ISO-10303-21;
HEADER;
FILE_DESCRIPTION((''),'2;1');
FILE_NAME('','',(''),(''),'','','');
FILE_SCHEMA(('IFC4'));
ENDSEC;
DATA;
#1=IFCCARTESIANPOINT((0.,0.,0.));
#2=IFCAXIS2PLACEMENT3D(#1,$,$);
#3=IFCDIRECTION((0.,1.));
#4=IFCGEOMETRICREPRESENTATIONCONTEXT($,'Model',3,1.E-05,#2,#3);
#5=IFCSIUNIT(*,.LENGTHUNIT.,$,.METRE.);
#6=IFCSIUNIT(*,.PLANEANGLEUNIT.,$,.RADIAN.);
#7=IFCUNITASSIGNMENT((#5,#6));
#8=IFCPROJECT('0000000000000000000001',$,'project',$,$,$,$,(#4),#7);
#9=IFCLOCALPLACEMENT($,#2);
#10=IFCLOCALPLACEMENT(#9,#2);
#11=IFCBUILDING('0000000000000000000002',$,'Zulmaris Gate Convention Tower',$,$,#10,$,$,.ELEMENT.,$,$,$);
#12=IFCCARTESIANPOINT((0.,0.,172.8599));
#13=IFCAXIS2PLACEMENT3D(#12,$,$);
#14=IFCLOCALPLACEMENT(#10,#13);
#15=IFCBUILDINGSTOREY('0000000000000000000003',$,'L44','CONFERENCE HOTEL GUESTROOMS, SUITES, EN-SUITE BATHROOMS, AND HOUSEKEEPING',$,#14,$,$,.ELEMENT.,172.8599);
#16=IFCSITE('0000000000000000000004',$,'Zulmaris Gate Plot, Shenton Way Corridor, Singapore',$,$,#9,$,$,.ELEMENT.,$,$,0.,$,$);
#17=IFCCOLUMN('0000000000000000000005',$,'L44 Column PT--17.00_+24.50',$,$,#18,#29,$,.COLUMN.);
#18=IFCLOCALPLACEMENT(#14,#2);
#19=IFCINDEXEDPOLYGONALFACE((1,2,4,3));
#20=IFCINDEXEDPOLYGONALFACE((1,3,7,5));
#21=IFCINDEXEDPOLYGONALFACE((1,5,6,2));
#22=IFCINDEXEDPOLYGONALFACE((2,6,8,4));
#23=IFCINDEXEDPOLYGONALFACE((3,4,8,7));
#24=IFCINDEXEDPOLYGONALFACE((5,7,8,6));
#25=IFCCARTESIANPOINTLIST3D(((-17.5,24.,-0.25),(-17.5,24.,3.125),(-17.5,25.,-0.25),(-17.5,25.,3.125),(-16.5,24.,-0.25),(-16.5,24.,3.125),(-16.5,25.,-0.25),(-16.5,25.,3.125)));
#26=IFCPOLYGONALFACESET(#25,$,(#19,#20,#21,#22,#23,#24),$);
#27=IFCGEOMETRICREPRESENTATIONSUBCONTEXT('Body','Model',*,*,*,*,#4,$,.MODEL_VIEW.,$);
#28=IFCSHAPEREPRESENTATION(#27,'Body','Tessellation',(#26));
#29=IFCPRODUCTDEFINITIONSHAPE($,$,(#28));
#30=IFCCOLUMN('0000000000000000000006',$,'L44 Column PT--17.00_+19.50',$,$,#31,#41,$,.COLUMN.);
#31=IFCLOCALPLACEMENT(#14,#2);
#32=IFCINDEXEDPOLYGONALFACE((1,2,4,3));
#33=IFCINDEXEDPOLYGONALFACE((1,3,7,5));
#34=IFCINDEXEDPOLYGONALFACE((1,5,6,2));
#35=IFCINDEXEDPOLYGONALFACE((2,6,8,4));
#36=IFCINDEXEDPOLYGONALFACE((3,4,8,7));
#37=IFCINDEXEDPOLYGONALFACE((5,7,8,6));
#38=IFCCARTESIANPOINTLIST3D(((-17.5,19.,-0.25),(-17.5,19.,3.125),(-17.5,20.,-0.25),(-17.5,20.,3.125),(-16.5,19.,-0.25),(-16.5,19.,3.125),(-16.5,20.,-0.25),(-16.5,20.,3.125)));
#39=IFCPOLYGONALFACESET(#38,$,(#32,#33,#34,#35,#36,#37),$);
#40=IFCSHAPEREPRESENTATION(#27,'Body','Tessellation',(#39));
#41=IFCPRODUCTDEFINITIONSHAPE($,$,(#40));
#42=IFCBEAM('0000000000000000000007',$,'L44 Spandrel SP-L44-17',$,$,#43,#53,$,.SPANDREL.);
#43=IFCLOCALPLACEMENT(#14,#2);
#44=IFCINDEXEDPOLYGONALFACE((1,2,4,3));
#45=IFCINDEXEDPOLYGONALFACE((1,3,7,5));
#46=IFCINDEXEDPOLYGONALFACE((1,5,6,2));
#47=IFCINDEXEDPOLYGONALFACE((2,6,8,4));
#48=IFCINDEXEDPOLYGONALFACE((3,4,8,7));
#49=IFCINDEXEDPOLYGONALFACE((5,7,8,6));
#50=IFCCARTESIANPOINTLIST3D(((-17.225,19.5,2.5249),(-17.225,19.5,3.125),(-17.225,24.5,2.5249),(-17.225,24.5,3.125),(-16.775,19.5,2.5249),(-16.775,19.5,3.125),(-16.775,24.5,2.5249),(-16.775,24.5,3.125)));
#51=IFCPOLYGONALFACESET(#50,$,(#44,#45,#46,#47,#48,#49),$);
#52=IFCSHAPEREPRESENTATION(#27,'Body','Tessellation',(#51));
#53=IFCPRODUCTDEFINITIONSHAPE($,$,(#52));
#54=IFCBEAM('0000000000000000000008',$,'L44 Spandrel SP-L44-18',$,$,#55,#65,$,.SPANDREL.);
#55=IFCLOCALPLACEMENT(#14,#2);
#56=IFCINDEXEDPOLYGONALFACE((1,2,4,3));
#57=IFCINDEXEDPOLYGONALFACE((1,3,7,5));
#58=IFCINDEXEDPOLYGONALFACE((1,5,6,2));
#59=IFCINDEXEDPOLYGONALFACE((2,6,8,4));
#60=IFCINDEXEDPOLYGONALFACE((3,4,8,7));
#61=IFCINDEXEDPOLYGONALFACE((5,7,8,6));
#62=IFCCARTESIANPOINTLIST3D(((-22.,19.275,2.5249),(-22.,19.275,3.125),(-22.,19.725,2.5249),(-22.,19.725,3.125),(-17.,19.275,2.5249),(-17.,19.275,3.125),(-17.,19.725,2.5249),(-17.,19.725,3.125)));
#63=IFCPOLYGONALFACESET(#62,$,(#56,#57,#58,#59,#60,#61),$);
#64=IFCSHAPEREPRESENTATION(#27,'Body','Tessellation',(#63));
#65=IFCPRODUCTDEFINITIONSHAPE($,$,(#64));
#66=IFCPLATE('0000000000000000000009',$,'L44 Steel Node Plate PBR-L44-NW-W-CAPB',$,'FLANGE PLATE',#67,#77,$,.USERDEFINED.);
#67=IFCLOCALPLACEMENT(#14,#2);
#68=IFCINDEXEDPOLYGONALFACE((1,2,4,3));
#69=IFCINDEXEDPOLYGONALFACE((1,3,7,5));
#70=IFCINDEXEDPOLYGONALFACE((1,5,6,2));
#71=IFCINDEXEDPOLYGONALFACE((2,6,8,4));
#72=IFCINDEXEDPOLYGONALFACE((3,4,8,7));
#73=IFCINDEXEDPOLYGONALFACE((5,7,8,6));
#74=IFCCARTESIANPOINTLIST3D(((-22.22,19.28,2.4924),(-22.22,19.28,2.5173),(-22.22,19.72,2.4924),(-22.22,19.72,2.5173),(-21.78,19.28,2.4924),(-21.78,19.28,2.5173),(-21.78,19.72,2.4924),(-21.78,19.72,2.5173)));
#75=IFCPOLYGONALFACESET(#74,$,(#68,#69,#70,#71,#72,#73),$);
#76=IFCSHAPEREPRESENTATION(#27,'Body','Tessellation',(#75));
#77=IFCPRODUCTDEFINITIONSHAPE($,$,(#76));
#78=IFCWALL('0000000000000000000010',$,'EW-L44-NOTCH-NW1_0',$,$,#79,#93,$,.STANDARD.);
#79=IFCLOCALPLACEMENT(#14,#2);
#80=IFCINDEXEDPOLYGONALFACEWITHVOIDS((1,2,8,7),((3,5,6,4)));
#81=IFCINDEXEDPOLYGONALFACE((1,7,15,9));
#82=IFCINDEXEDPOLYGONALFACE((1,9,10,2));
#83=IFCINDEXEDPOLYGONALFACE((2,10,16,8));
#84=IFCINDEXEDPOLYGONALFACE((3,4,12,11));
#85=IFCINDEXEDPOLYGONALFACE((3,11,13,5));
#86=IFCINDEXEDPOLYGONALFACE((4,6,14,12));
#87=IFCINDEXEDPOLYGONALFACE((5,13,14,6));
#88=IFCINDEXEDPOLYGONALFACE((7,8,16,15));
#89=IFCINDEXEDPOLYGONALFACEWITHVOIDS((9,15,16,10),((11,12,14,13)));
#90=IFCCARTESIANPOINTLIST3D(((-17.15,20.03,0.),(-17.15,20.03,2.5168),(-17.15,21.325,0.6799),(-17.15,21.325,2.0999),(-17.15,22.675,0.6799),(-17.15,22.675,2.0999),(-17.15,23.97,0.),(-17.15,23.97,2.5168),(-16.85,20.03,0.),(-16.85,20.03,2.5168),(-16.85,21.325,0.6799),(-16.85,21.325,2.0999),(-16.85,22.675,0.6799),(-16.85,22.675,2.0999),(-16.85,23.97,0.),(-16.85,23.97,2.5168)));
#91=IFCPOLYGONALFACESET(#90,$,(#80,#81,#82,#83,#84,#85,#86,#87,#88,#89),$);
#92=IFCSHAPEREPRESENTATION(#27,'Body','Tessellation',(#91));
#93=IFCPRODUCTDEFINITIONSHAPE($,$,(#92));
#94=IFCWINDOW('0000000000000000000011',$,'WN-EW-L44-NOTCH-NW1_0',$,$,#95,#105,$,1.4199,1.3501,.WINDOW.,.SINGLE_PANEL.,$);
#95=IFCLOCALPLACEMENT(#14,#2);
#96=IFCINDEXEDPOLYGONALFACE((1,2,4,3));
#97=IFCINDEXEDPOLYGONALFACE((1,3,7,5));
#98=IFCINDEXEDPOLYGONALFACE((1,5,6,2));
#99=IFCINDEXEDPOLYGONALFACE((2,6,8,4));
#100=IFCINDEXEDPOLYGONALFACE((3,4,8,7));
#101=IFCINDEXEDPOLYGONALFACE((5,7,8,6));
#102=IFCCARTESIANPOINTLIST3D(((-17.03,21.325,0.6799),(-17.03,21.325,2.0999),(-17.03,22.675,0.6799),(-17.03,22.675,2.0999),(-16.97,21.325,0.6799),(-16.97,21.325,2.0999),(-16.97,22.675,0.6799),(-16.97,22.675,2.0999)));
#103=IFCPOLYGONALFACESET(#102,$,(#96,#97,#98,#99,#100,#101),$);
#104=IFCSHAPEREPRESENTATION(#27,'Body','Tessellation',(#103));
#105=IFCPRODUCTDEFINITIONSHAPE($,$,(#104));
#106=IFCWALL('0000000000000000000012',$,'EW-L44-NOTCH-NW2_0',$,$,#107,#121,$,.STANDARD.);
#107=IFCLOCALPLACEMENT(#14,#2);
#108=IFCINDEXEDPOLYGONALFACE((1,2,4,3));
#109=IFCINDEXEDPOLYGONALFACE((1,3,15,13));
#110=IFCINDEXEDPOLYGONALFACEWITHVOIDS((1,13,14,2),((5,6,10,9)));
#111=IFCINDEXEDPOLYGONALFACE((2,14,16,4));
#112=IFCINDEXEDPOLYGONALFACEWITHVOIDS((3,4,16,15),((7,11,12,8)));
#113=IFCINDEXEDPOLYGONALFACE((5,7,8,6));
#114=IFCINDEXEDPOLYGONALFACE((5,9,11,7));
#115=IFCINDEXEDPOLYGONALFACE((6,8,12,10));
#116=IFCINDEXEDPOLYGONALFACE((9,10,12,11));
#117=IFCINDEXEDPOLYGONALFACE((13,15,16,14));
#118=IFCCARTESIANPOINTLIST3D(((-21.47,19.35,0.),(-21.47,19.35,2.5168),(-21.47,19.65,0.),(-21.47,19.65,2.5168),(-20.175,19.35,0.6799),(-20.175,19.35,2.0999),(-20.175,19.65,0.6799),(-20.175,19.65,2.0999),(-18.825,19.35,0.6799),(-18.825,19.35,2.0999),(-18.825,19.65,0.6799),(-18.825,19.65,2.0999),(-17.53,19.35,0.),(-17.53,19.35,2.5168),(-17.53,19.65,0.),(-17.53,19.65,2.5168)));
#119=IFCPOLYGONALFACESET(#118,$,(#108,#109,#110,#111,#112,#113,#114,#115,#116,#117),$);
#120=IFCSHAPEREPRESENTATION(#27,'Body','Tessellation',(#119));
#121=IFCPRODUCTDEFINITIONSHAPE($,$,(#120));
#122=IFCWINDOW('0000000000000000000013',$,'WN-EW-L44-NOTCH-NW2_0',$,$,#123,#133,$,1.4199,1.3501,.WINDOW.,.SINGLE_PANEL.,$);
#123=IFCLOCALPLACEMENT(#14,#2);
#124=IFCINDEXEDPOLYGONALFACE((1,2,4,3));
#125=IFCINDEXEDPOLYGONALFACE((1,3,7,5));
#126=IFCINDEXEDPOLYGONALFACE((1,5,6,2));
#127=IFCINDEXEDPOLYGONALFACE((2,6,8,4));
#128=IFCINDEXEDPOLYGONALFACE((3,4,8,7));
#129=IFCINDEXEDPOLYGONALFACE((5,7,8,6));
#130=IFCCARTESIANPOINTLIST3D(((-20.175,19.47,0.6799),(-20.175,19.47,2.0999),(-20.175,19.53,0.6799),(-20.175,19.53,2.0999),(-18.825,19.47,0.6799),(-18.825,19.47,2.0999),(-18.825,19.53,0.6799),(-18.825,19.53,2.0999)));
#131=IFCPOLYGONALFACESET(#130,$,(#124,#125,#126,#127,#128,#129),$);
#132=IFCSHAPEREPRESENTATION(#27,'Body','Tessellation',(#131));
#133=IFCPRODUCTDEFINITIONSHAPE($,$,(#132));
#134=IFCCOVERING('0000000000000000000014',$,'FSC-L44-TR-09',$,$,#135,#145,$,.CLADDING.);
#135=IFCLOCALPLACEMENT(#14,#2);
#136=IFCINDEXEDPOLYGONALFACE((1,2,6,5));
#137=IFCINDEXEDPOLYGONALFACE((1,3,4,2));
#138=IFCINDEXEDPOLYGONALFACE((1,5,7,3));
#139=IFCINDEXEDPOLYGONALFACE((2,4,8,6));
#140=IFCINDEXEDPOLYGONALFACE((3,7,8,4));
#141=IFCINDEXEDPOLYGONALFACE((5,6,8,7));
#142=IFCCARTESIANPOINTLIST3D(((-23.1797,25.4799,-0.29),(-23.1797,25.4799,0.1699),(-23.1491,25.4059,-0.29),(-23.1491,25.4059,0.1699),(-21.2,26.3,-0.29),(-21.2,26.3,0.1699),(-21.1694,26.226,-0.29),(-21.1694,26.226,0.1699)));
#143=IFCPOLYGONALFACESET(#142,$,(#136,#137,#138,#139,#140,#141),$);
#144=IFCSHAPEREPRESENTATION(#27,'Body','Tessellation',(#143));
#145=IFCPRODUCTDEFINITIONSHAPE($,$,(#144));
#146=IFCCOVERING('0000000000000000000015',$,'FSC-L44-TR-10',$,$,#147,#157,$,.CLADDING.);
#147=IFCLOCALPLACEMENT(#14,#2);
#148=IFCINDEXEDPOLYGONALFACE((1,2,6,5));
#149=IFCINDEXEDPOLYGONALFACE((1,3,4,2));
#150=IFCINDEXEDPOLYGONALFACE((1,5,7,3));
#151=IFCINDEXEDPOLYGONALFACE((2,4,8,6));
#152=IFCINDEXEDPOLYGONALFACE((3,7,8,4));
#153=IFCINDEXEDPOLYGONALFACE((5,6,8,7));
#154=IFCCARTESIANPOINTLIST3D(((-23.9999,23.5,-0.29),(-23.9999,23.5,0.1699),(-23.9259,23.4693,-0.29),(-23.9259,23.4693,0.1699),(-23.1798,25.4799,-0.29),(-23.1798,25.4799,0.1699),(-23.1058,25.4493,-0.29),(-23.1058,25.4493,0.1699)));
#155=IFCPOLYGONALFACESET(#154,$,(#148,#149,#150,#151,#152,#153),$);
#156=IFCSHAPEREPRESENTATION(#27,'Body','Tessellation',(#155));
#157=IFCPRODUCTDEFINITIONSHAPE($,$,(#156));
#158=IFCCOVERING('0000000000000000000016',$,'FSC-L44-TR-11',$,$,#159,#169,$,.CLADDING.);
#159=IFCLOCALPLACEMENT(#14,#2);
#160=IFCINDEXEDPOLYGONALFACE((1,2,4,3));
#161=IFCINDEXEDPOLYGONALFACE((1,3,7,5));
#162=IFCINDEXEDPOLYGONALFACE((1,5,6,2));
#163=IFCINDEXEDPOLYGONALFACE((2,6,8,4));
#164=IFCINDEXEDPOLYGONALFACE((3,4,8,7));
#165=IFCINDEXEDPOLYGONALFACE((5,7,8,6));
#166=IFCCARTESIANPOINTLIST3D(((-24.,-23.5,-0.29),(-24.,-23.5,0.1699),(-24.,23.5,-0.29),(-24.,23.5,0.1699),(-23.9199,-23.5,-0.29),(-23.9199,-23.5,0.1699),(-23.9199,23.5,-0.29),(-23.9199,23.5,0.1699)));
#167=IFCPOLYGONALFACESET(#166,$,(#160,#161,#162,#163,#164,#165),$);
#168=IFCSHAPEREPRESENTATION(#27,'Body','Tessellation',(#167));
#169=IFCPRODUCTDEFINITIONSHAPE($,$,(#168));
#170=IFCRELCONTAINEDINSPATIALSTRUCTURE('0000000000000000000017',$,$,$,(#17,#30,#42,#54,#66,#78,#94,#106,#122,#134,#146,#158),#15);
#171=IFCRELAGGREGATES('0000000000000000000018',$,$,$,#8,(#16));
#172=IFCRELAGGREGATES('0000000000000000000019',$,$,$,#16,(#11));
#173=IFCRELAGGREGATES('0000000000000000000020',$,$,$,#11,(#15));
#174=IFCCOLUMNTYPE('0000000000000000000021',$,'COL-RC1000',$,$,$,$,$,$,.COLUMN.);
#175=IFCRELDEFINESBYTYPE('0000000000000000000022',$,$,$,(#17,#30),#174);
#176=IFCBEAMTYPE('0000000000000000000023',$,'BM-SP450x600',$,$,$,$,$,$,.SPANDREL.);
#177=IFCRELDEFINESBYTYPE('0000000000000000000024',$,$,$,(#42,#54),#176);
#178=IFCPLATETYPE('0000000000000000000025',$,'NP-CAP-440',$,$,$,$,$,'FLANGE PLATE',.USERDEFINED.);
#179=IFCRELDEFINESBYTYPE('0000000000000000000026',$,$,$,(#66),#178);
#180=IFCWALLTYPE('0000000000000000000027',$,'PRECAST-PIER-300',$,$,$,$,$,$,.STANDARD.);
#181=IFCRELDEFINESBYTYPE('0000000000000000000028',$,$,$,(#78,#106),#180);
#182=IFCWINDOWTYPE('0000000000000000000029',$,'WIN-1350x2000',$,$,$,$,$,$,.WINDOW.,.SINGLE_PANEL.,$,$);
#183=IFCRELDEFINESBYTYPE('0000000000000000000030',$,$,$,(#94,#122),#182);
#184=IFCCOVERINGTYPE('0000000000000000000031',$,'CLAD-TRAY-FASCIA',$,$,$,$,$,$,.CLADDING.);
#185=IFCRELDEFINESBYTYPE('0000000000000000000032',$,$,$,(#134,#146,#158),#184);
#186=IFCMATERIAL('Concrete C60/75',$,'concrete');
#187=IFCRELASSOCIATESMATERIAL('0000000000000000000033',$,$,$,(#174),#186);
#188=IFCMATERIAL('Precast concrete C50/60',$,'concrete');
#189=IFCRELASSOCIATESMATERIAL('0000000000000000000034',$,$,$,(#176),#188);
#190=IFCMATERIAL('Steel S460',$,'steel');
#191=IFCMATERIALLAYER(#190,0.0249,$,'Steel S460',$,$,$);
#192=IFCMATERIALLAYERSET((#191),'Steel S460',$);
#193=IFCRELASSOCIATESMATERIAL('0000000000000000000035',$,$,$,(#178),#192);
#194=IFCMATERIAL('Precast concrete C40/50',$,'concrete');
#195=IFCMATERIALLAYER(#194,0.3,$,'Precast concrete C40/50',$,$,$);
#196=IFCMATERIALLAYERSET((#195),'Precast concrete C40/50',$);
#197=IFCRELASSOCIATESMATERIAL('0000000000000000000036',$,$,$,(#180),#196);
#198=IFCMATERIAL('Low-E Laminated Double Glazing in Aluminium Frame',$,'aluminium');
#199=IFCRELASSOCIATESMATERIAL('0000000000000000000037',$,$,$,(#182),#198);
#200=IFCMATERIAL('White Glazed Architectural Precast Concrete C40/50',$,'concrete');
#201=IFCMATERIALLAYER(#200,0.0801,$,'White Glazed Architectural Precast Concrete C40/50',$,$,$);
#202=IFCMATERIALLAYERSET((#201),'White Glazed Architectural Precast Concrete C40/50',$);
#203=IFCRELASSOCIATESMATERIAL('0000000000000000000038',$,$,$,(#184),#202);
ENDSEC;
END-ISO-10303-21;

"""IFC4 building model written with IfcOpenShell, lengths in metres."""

from ifc_helpers import new_model, si_unit, direction, frame, frame_2d, origin, origin_2d, place, context, subcontext, project, spatial, rectangle, extrude, material, layer, layer_set, material_profile, profile_set, type_object, element, fill, save


model = new_model("IFC4")

# Units and contexts
model_context = context("Model", 3, precision=1e-05, world=origin(), true_north=direction((0.0, 1.0)))
body_context = subcontext(model_context, "Body", "Model", "MODEL_VIEW")
ifc_project = project(units=[si_unit("LENGTHUNIT", "METRE"), si_unit("PLANEANGLEUNIT", "RADIAN")], contexts=[model_context])

# Site, building, storey
site_placement = place(None, origin())
site = spatial("IfcSite", under=ifc_project, at=site_placement, Name="Zulmaris Gate Plot, Shenton Way Corridor, Singapore", CompositionType="ELEMENT", RefElevation=0.0)
building_placement = place(site_placement, origin())
building = spatial("IfcBuilding", under=site, at=building_placement, Name="Zulmaris Gate Convention Tower", CompositionType="ELEMENT")
storey_placement = place(building_placement, frame((0.0, 0.0, 172.8599)))
storey = spatial("IfcBuildingStorey", under=building, at=storey_placement, Name="L44", Description="CONFERENCE HOTEL GUESTROOMS, SUITES, EN-SUITE BATHROOMS, AND HOUSEKEEPING", CompositionType="ELEMENT", Elevation=172.8599)

# Columns
ifc_material_1 = material(Name="Concrete C60/75", Category="concrete")
ifc_material_profile_1 = material_profile(ifc_material_1, rectangle(XDim=1.0, YDim=1.0, at=origin_2d()), Name="RC COL 1000x1000")
ifc_profile_set_1 = profile_set([ifc_material_profile_1], Name="Concrete C60/75")
column_type = type_object("IfcColumnType", Name="COL-RC1000", PredefinedType="COLUMN", material=ifc_profile_set_1)
for number, where, z_axis, x_axis, name in (
    (1, (-17.0, 24.5, -0.25), (0.0, 0.0, 1.0), (1.0, 0.0, 0.0), "L44 Column PT--17.00_+24.50"),
    (2, (-17.0, 19.5, -0.25), (0.0, 0.0, 1.0), (1.0, 0.0, 0.0), "L44 Column PT--17.00_+19.50"),
):
    element("IfcColumn", number, at=place(storey_placement, frame(where, z_axis=z_axis, x_axis=x_axis)), inside=storey, type_object=column_type, Name=name, PredefinedType="COLUMN", context=body_context, shape_type="SweptSolid", body=[
        extrude(rectangle(XDim=1.0, YDim=1.0, at=origin_2d()), origin(), (0.0, 0.0, 1.0), 3.375),
    ])

# Beams
ifc_material_2 = material(Name="Precast concrete C50/60", Category="concrete")
ifc_material_profile_2 = material_profile(ifc_material_2, rectangle(XDim=0.45, YDim=0.6001, at=origin_2d()), Name="RC SPANDREL 450x600")
ifc_profile_set_2 = profile_set([ifc_material_profile_2], Name="Precast concrete C50/60")
beam_type = type_object("IfcBeamType", Name="BM-SP450x600", PredefinedType="SPANDREL", material=ifc_profile_set_2)
for number, where, z_axis, x_axis, name in (
    (3, (-17.0, 24.5, 2.825), (0.0, -1.0, 0.0), (1.0, 0.0, 0.0), "L44 Spandrel SP-L44-17"),
    (4, (-17.0, 19.5, 2.825), (-1.0, 0.0, 0.0), (0.0, -1.0, 0.0), "L44 Spandrel SP-L44-18"),
):
    element("IfcBeam", number, at=place(storey_placement, frame(where, z_axis=z_axis, x_axis=x_axis)), inside=storey, type_object=beam_type, Name=name, PredefinedType="SPANDREL", context=body_context, shape_type="SweptSolid", body=[
        extrude(rectangle(XDim=0.45, YDim=0.6001, at=origin_2d()), origin(), (0.0, 0.0, 1.0), 5.0),
    ])

# Plate
ifc_material_3 = material(Name="Steel S460", Category="steel")
ifc_layer_1 = layer(ifc_material_3, 0.0249, Name="Steel S460")
ifc_layer_set_1 = layer_set([ifc_layer_1], Name="Steel S460")
plate_type = type_object("IfcPlateType", Name="NP-CAP-440", ElementType="FLANGE PLATE", PredefinedType="USERDEFINED", material=ifc_layer_set_1)
plate_placement = place(storey_placement, frame((-22.0, 19.5, 2.4924), z_axis=(0.0, 0.0, 1.0), x_axis=(1.0, 0.0, 0.0)))
element("IfcPlate", 5, at=plate_placement, inside=storey, type_object=plate_type, Name="L44 Steel Node Plate PBR-L44-NW-W-CAPB", ObjectType="FLANGE PLATE", PredefinedType="USERDEFINED", context=body_context, shape_type="SweptSolid", body=[
    extrude(rectangle(XDim=0.4399, YDim=0.4399, at=origin_2d()), origin(), (0.0, 0.0, 1.0), 0.0249),
])

# Walls, openings, windows
ifc_material_4 = material(Name="Precast concrete C40/50", Category="concrete")
ifc_layer_2 = layer(ifc_material_4, 0.3, Name="Precast concrete C40/50")
ifc_layer_set_2 = layer_set([ifc_layer_2], Name="Precast concrete C40/50")
wall_type = type_object("IfcWallType", Name="PRECAST-PIER-300", PredefinedType="STANDARD", material=ifc_layer_set_2)
wall_1_placement = place(storey_placement, frame((-17.0, 23.97, 0.0), z_axis=(0.0, 0.0, 1.0), x_axis=(0.0, -1.0, 0.0)))
wall_1 = element("IfcWall", 6, at=wall_1_placement, inside=storey, type_object=wall_type, Name="EW-L44-NOTCH-NW1_0", PredefinedType="STANDARD", context=body_context, shape_type="SweptSolid", body=[
    extrude(rectangle(XDim=3.9399, YDim=0.3, at=frame_2d((1.97, 0.0))), origin(), (0.0, 0.0, 1.0), 2.5168),
])
opening_1_placement = place(wall_1_placement, frame((1.2949, 0.0, 0.6799)))
opening_1 = element("IfcOpeningElement", 7, at=opening_1_placement, cuts=wall_1, PredefinedType="OPENING", context=body_context, shape_type="SweptSolid", body=[
    extrude(rectangle(XDim=1.3501, YDim=1.4199, at=frame_2d((0.675, 0.71))), frame((0.0, 0.1602, 0.0), z_axis=(0.0, -1.0, 0.0), x_axis=(1.0, 0.0, 0.0)), (0.0, 0.0, 1.0), 0.3201),
])
ifc_material_5 = material(Name="Low-E Laminated Double Glazing in Aluminium Frame", Category="aluminium")
window_type = type_object("IfcWindowType", Name="WIN-1350x2000", PartitioningType="SINGLE_PANEL", PredefinedType="WINDOW", material=ifc_material_5)
window_1_placement = place(opening_1_placement, origin())
window_1 = element("IfcWindow", 8, at=window_1_placement, inside=storey, type_object=window_type, Name="WN-EW-L44-NOTCH-NW1_0", OverallHeight=1.4199, OverallWidth=1.3501, PartitioningType="SINGLE_PANEL", PredefinedType="WINDOW", context=body_context, shape_type="SweptSolid", body=[
    extrude(rectangle(XDim=1.3501, YDim=1.4199, at=frame_2d((0.675, 0.71))), frame((0.0, 0.03, 0.0), z_axis=(0.0, -1.0, 0.0), x_axis=(1.0, 0.0, 0.0)), (0.0, 0.0, 1.0), 0.0601),
])
fill(opening_1, window_1)
wall_2_placement = place(storey_placement, frame((-17.53, 19.5, 0.0), z_axis=(0.0, 0.0, 1.0), x_axis=(-1.0, 0.0, 0.0)))
wall_2 = element("IfcWall", 9, at=wall_2_placement, inside=storey, type_object=wall_type, Name="EW-L44-NOTCH-NW2_0", PredefinedType="STANDARD", context=body_context, shape_type="SweptSolid", body=[
    extrude(rectangle(XDim=3.9399, YDim=0.3, at=frame_2d((1.97, 0.0))), origin(), (0.0, 0.0, 1.0), 2.5168),
])
opening_2_placement = place(wall_2_placement, frame((1.2949, 0.0, 0.6799)))
opening_2 = element("IfcOpeningElement", 10, at=opening_2_placement, cuts=wall_2, PredefinedType="OPENING", context=body_context, shape_type="SweptSolid", body=[
    extrude(rectangle(XDim=1.3501, YDim=1.4199, at=frame_2d((0.675, 0.71))), frame((0.0, 0.1602, 0.0), z_axis=(0.0, -1.0, 0.0), x_axis=(1.0, 0.0, 0.0)), (0.0, 0.0, 1.0), 0.3201),
])
window_2_placement = place(opening_2_placement, origin())
window_2 = element("IfcWindow", 11, at=window_2_placement, inside=storey, type_object=window_type, Name="WN-EW-L44-NOTCH-NW2_0", OverallHeight=1.4199, OverallWidth=1.3501, PartitioningType="SINGLE_PANEL", PredefinedType="WINDOW", context=body_context, shape_type="SweptSolid", body=[
    extrude(rectangle(XDim=1.3501, YDim=1.4199, at=frame_2d((0.675, 0.71))), frame((0.0, 0.03, 0.0), z_axis=(0.0, -1.0, 0.0), x_axis=(1.0, 0.0, 0.0)), (0.0, 0.0, 1.0), 0.0601),
])
fill(opening_2, window_2)

# Coverings
ifc_material_6 = material(Name="White Glazed Architectural Precast Concrete C40/50", Category="concrete")
ifc_layer_3 = layer(ifc_material_6, 0.0801, Name="White Glazed Architectural Precast Concrete C40/50")
ifc_layer_set_3 = layer_set([ifc_layer_3], Name="White Glazed Architectural Precast Concrete C40/50")
covering_type = type_object("IfcCoveringType", Name="CLAD-TRAY-FASCIA", PredefinedType="CLADDING", material=ifc_layer_set_3)
covering_1_placement = place(storey_placement, frame((-21.1848, 26.2629, -0.29), z_axis=(0.0, 0.0, 1.0), x_axis=(-0.923874, -0.382697, 0.0)))
element("IfcCovering", 12, at=covering_1_placement, inside=storey, type_object=covering_type, Name="FSC-L44-TR-09", PredefinedType="CLADDING", context=body_context, shape_type="SweptSolid", body=[
    extrude(rectangle(XDim=2.1428, YDim=0.0801, at=frame_2d((1.0713, 0.0))), origin(), (0.0, 0.0, 1.0), 0.46),
])
covering_2_placement = place(storey_placement, frame((-23.1428, 25.4646, -0.29), z_axis=(0.0, 0.0, 1.0), x_axis=(-0.382657, -0.92389, 0.0)))
element("IfcCovering", 13, at=covering_2_placement, inside=storey, type_object=covering_type, Name="FSC-L44-TR-10", PredefinedType="CLADDING", context=body_context, shape_type="SweptSolid", body=[
    extrude(rectangle(XDim=2.1431, YDim=0.0801, at=frame_2d((1.0715, 0.0))), origin(), (0.0, 0.0, 1.0), 0.46),
])
covering_3_placement = place(storey_placement, frame((-23.96, 23.5, -0.29), z_axis=(0.0, 0.0, 1.0), x_axis=(0.0, -1.0, 0.0)))
element("IfcCovering", 14, at=covering_3_placement, inside=storey, type_object=covering_type, Name="FSC-L44-TR-11", PredefinedType="CLADDING", context=body_context, shape_type="SweptSolid", body=[
    extrude(rectangle(XDim=47.0, YDim=0.0801, at=frame_2d((23.5, 0.0))), origin(), (0.0, 0.0, 1.0), 0.46),
])

save(model, "model.ifc")
